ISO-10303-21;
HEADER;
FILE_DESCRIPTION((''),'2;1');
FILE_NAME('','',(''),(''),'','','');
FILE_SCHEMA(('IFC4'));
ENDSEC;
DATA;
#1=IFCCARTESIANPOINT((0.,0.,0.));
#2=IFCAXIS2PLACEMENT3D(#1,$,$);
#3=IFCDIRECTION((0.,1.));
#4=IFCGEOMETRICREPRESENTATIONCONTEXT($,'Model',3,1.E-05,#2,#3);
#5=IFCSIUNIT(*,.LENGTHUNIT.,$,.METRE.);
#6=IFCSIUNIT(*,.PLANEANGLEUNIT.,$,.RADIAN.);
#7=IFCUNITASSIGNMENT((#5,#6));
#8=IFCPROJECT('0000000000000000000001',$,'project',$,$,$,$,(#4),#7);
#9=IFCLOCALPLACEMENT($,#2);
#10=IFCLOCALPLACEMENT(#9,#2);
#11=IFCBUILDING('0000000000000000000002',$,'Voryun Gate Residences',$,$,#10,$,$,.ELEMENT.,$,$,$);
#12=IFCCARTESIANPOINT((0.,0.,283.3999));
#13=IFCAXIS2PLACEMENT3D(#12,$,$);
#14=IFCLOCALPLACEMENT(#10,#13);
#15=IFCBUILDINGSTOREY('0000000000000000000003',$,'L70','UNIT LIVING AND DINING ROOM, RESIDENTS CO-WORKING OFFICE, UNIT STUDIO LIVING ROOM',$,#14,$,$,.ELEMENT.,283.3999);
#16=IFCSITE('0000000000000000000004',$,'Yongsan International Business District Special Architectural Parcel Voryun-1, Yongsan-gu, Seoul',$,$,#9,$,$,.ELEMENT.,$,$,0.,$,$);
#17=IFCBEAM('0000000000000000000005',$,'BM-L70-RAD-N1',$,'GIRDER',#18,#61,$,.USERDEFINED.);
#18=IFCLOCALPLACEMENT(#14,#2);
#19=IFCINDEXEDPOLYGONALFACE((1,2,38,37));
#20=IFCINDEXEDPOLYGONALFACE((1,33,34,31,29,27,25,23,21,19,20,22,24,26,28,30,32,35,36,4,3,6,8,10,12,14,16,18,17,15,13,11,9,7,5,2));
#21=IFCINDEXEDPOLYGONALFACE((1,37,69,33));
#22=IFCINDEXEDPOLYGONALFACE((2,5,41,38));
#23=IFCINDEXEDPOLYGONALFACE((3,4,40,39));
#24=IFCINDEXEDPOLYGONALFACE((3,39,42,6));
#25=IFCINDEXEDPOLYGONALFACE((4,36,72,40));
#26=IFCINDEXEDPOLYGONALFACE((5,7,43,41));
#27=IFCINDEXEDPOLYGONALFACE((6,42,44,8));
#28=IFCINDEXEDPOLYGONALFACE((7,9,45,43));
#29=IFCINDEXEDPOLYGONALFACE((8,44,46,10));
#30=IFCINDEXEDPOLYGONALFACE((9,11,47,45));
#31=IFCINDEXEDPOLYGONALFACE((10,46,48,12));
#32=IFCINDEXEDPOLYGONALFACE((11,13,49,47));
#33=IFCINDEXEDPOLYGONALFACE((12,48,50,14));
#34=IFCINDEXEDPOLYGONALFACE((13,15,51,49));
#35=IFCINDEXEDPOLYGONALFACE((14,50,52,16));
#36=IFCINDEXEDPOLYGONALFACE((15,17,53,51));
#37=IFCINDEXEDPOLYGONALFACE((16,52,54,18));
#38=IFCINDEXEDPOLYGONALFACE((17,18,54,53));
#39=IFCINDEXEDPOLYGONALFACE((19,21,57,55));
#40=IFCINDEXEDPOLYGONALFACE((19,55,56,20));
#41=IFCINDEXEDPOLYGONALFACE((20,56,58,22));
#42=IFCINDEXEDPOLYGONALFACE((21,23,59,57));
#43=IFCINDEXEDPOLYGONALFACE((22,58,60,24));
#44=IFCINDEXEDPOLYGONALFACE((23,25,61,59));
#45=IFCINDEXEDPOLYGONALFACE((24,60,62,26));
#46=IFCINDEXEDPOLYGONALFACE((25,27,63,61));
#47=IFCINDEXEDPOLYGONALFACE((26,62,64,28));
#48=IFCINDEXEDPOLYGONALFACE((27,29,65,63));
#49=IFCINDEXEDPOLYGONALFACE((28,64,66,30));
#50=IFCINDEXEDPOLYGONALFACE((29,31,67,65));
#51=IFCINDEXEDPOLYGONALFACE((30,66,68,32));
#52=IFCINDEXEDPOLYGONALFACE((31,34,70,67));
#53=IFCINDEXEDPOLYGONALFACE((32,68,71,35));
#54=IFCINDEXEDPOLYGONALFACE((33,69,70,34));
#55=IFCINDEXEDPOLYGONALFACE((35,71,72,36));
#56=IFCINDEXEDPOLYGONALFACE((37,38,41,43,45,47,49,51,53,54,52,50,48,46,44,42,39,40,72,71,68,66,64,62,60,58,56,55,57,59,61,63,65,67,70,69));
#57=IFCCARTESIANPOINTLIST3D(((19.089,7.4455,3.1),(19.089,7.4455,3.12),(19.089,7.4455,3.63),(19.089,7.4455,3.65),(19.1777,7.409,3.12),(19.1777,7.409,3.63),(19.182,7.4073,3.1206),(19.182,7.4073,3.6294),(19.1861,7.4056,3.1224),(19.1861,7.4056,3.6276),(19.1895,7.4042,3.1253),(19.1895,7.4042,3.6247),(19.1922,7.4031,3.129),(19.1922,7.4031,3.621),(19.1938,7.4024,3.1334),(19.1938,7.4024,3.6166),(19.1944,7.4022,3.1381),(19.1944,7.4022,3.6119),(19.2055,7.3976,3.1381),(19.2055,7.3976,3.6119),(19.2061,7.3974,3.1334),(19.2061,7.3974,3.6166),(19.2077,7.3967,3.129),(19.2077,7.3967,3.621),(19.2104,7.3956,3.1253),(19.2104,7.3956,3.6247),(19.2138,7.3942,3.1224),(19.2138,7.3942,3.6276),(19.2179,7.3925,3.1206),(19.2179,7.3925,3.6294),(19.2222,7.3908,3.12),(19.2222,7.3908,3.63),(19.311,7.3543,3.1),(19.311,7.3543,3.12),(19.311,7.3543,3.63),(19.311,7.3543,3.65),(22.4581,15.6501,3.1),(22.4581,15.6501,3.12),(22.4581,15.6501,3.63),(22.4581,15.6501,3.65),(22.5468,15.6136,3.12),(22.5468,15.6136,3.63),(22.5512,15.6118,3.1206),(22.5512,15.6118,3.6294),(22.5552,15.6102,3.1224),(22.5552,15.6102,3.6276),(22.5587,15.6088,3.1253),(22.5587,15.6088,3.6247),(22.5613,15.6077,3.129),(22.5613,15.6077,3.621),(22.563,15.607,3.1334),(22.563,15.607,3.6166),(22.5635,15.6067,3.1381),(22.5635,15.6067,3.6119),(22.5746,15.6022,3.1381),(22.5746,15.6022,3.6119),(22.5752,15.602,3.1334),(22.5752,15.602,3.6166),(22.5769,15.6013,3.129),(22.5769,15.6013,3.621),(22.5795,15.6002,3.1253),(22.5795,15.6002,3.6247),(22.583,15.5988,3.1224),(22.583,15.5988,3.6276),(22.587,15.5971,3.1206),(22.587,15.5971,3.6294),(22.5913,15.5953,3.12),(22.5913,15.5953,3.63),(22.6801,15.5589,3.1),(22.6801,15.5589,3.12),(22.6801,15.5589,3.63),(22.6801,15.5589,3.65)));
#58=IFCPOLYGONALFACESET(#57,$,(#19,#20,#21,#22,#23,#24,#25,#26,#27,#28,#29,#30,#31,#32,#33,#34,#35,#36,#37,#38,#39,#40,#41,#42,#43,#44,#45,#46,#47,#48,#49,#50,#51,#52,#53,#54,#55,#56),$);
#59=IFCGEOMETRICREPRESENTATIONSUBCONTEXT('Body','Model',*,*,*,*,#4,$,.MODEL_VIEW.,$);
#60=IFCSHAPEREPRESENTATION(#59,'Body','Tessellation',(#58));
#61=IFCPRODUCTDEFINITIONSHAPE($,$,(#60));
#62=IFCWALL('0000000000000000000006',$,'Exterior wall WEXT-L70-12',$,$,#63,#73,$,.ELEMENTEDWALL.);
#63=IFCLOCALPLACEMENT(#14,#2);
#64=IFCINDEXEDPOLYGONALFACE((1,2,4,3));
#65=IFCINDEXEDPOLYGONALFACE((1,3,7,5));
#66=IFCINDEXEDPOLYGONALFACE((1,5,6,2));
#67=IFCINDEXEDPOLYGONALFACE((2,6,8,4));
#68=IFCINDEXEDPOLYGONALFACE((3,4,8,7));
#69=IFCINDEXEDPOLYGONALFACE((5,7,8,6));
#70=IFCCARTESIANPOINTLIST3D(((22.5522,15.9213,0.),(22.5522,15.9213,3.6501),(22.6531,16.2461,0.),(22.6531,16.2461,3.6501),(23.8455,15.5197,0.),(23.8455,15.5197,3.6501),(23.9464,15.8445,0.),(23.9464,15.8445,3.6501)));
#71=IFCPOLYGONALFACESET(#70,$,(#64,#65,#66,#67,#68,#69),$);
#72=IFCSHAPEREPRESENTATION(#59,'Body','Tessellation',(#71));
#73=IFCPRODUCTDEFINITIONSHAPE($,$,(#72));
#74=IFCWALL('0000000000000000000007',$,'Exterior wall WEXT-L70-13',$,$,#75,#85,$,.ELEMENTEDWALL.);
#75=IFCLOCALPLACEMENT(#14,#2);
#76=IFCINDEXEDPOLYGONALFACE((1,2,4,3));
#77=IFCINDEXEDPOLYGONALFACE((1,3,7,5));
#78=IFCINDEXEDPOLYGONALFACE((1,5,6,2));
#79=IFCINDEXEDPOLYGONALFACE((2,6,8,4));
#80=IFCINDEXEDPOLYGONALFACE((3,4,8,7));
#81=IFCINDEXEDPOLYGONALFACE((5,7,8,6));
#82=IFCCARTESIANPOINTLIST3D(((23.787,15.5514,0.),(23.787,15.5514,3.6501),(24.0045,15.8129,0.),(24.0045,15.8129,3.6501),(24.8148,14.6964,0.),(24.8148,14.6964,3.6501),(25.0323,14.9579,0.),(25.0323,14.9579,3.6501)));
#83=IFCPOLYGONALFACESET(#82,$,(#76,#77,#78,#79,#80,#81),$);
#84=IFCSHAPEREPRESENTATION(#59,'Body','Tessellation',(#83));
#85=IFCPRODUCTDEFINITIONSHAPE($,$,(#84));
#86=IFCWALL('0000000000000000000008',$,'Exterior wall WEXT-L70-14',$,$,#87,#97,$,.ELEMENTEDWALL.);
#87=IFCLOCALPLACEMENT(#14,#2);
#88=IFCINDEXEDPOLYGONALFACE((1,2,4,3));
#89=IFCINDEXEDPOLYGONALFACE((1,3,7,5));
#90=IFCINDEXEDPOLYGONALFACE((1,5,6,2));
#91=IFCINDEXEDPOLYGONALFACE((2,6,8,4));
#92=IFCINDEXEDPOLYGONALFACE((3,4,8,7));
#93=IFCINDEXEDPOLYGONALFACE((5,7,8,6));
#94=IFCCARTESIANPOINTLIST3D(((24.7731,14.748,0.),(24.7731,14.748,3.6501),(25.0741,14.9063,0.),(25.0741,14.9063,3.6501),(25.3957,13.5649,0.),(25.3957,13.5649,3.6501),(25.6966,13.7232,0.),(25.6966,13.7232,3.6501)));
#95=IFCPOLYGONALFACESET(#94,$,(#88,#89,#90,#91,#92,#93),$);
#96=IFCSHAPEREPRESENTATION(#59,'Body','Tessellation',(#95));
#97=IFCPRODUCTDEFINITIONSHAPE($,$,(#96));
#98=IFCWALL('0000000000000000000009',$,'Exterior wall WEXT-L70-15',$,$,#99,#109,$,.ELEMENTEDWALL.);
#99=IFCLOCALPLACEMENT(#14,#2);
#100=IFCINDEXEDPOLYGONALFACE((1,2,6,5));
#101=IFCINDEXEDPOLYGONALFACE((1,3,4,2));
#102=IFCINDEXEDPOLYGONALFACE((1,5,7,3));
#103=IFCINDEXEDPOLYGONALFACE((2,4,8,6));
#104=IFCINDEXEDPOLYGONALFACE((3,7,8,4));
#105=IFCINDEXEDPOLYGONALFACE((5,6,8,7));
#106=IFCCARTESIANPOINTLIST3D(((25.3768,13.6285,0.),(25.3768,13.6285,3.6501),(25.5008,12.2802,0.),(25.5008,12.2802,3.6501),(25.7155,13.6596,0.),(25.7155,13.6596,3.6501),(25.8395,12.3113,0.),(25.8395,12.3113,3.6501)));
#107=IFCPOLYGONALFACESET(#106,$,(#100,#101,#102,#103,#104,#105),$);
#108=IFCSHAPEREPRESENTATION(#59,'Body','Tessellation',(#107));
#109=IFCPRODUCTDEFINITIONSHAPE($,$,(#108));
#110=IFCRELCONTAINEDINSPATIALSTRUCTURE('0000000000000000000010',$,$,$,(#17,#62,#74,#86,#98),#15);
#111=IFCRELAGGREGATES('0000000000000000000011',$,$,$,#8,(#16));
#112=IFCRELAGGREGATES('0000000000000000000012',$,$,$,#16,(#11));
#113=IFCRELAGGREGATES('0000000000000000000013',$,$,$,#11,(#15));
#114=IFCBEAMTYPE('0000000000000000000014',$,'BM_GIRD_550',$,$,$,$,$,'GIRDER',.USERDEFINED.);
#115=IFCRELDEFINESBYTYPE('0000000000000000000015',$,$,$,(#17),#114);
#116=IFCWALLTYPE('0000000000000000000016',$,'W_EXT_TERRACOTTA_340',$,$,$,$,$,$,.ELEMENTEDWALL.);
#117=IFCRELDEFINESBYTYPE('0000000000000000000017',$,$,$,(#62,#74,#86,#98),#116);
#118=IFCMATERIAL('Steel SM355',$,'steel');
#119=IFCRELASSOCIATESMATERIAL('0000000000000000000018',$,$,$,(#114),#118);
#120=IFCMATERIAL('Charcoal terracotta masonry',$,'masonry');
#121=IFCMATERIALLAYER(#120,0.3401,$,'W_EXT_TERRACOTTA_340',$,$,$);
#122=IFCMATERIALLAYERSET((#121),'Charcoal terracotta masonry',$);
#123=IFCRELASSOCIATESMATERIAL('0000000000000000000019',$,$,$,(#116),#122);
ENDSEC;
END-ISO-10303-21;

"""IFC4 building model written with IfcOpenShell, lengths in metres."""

from ifc_helpers import new_model, si_unit, direction, frame, frame_2d, origin, origin_2d, place, context, subcontext, project, spatial, rectangle, i_section, extrude, material, layer, layer_set, material_profile, profile_set, type_object, element, save


model = new_model("IFC4")

# Units and contexts
model_context = context("Model", 3, precision=1e-05, world=origin(), true_north=direction((0.0, 1.0)))
body_context = subcontext(model_context, "Body", "Model", "MODEL_VIEW")
ifc_project = project(units=[si_unit("LENGTHUNIT", "METRE"), si_unit("PLANEANGLEUNIT", "RADIAN")], contexts=[model_context])

# Site, building, storey
site_placement = place(None, origin())
site = spatial("IfcSite", under=ifc_project, at=site_placement, Name="Yongsan International Business District Special Architectural Parcel Voryun-1, Yongsan-gu, Seoul", CompositionType="ELEMENT", RefElevation=0.0)
building_placement = place(site_placement, origin())
building = spatial("IfcBuilding", under=site, at=building_placement, Name="Voryun Gate Residences", CompositionType="ELEMENT")
storey_placement = place(building_placement, frame((0.0, 0.0, 283.3999)))
storey = spatial("IfcBuildingStorey", under=building, at=storey_placement, Name="L70", Description="UNIT LIVING AND DINING ROOM, RESIDENTS CO-WORKING OFFICE, UNIT STUDIO LIVING ROOM", CompositionType="ELEMENT", Elevation=283.3999)

# Beam
ifc_material_1 = material(Name="Steel SM355", Category="steel")
ifc_material_profile_1 = material_profile(ifc_material_1, i_section(OverallWidth=0.24, OverallDepth=0.55, WebThickness=0.012, FlangeThickness=0.02, FilletRadius=0.0181, at=origin_2d()), Name="H-550x240x12x20")
ifc_profile_set_1 = profile_set([ifc_material_profile_1], Name="Steel SM355")
beam_type_1 = type_object("IfcBeamType", Name="BM_GIRD_550", ElementType="GIRDER", PredefinedType="USERDEFINED", material=ifc_profile_set_1)
beam_1_placement = place(storey_placement, frame((19.2, 7.3999, 3.375), z_axis=(0.379861, 0.925044, 0.0), x_axis=(-0.925044, 0.379861, 0.0)))
element("IfcBeam", 1, at=beam_1_placement, inside=storey, type_object=beam_type_1, Name="BM-L70-RAD-N1", ObjectType="GIRDER", PredefinedType="USERDEFINED", context=body_context, shape_type="SweptSolid", body=[
    extrude(i_section(OverallWidth=0.24, OverallDepth=0.55, WebThickness=0.012, FlangeThickness=0.02, FilletRadius=0.0181, at=origin_2d()), origin(), (0.0, 0.0, 1.0), 8.8694),
])

# Walls
ifc_material_2 = material(Name="Charcoal terracotta masonry", Category="masonry")
ifc_layer_1 = layer(ifc_material_2, 0.3401, Name="W_EXT_TERRACOTTA_340")
ifc_layer_set_1 = layer_set([ifc_layer_1], Name="Charcoal terracotta masonry")
wall_type_1 = type_object("IfcWallType", Name="W_EXT_TERRACOTTA_340", PredefinedType="ELEMENTEDWALL", material=ifc_layer_set_1)
wall_1_placement = place(storey_placement, frame((22.6025, 16.0837, 0.0), z_axis=(0.0, 0.0, 1.0), x_axis=(0.955008, -0.296581, 0.0)))
element("IfcWall", 2, at=wall_1_placement, inside=storey, type_object=wall_type_1, Name="Exterior wall WEXT-L70-12", PredefinedType="ELEMENTEDWALL", context=body_context, shape_type="SweptSolid", body=[
    extrude(rectangle(XDim=1.3542, YDim=0.3401, at=frame_2d((0.6772, 0.0))), origin(), (0.0, 0.0, 1.0), 3.6501),
])
for number, where, z_axis, x_axis, name in (
    (3, (23.8958, 15.6821, 0.0), (0.0, 0.0, 1.0), (0.76879, -0.639502, 0.0), "Exterior wall WEXT-L70-13"),
    (4, (24.9236, 14.8271, 0.0), (0.0, 0.0, 1.0), (0.465671, -0.884958, 0.0), "Exterior wall WEXT-L70-14"),
):
    element("IfcWall", number, at=place(storey_placement, frame(where, z_axis=z_axis, x_axis=x_axis)), inside=storey, type_object=wall_type_1, Name=name, PredefinedType="ELEMENTEDWALL", context=body_context, shape_type="SweptSolid", body=[
        extrude(rectangle(XDim=1.3369, YDim=0.3401, at=frame_2d((0.6685, 0.0))), origin(), (0.0, 0.0, 1.0), 3.6501),
    ])
wall_2_placement = place(storey_placement, frame((25.5461, 13.644, 0.0), z_axis=(0.0, 0.0, 1.0), x_axis=(0.091592, -0.995797, 0.0)))
element("IfcWall", 5, at=wall_2_placement, inside=storey, type_object=wall_type_1, Name="Exterior wall WEXT-L70-15", PredefinedType="ELEMENTEDWALL", context=body_context, shape_type="SweptSolid", body=[
    extrude(rectangle(XDim=1.354, YDim=0.3401, at=frame_2d((0.677, 0.0))), origin(), (0.0, 0.0, 1.0), 3.6501),
])

save(model, "model.ifc")
